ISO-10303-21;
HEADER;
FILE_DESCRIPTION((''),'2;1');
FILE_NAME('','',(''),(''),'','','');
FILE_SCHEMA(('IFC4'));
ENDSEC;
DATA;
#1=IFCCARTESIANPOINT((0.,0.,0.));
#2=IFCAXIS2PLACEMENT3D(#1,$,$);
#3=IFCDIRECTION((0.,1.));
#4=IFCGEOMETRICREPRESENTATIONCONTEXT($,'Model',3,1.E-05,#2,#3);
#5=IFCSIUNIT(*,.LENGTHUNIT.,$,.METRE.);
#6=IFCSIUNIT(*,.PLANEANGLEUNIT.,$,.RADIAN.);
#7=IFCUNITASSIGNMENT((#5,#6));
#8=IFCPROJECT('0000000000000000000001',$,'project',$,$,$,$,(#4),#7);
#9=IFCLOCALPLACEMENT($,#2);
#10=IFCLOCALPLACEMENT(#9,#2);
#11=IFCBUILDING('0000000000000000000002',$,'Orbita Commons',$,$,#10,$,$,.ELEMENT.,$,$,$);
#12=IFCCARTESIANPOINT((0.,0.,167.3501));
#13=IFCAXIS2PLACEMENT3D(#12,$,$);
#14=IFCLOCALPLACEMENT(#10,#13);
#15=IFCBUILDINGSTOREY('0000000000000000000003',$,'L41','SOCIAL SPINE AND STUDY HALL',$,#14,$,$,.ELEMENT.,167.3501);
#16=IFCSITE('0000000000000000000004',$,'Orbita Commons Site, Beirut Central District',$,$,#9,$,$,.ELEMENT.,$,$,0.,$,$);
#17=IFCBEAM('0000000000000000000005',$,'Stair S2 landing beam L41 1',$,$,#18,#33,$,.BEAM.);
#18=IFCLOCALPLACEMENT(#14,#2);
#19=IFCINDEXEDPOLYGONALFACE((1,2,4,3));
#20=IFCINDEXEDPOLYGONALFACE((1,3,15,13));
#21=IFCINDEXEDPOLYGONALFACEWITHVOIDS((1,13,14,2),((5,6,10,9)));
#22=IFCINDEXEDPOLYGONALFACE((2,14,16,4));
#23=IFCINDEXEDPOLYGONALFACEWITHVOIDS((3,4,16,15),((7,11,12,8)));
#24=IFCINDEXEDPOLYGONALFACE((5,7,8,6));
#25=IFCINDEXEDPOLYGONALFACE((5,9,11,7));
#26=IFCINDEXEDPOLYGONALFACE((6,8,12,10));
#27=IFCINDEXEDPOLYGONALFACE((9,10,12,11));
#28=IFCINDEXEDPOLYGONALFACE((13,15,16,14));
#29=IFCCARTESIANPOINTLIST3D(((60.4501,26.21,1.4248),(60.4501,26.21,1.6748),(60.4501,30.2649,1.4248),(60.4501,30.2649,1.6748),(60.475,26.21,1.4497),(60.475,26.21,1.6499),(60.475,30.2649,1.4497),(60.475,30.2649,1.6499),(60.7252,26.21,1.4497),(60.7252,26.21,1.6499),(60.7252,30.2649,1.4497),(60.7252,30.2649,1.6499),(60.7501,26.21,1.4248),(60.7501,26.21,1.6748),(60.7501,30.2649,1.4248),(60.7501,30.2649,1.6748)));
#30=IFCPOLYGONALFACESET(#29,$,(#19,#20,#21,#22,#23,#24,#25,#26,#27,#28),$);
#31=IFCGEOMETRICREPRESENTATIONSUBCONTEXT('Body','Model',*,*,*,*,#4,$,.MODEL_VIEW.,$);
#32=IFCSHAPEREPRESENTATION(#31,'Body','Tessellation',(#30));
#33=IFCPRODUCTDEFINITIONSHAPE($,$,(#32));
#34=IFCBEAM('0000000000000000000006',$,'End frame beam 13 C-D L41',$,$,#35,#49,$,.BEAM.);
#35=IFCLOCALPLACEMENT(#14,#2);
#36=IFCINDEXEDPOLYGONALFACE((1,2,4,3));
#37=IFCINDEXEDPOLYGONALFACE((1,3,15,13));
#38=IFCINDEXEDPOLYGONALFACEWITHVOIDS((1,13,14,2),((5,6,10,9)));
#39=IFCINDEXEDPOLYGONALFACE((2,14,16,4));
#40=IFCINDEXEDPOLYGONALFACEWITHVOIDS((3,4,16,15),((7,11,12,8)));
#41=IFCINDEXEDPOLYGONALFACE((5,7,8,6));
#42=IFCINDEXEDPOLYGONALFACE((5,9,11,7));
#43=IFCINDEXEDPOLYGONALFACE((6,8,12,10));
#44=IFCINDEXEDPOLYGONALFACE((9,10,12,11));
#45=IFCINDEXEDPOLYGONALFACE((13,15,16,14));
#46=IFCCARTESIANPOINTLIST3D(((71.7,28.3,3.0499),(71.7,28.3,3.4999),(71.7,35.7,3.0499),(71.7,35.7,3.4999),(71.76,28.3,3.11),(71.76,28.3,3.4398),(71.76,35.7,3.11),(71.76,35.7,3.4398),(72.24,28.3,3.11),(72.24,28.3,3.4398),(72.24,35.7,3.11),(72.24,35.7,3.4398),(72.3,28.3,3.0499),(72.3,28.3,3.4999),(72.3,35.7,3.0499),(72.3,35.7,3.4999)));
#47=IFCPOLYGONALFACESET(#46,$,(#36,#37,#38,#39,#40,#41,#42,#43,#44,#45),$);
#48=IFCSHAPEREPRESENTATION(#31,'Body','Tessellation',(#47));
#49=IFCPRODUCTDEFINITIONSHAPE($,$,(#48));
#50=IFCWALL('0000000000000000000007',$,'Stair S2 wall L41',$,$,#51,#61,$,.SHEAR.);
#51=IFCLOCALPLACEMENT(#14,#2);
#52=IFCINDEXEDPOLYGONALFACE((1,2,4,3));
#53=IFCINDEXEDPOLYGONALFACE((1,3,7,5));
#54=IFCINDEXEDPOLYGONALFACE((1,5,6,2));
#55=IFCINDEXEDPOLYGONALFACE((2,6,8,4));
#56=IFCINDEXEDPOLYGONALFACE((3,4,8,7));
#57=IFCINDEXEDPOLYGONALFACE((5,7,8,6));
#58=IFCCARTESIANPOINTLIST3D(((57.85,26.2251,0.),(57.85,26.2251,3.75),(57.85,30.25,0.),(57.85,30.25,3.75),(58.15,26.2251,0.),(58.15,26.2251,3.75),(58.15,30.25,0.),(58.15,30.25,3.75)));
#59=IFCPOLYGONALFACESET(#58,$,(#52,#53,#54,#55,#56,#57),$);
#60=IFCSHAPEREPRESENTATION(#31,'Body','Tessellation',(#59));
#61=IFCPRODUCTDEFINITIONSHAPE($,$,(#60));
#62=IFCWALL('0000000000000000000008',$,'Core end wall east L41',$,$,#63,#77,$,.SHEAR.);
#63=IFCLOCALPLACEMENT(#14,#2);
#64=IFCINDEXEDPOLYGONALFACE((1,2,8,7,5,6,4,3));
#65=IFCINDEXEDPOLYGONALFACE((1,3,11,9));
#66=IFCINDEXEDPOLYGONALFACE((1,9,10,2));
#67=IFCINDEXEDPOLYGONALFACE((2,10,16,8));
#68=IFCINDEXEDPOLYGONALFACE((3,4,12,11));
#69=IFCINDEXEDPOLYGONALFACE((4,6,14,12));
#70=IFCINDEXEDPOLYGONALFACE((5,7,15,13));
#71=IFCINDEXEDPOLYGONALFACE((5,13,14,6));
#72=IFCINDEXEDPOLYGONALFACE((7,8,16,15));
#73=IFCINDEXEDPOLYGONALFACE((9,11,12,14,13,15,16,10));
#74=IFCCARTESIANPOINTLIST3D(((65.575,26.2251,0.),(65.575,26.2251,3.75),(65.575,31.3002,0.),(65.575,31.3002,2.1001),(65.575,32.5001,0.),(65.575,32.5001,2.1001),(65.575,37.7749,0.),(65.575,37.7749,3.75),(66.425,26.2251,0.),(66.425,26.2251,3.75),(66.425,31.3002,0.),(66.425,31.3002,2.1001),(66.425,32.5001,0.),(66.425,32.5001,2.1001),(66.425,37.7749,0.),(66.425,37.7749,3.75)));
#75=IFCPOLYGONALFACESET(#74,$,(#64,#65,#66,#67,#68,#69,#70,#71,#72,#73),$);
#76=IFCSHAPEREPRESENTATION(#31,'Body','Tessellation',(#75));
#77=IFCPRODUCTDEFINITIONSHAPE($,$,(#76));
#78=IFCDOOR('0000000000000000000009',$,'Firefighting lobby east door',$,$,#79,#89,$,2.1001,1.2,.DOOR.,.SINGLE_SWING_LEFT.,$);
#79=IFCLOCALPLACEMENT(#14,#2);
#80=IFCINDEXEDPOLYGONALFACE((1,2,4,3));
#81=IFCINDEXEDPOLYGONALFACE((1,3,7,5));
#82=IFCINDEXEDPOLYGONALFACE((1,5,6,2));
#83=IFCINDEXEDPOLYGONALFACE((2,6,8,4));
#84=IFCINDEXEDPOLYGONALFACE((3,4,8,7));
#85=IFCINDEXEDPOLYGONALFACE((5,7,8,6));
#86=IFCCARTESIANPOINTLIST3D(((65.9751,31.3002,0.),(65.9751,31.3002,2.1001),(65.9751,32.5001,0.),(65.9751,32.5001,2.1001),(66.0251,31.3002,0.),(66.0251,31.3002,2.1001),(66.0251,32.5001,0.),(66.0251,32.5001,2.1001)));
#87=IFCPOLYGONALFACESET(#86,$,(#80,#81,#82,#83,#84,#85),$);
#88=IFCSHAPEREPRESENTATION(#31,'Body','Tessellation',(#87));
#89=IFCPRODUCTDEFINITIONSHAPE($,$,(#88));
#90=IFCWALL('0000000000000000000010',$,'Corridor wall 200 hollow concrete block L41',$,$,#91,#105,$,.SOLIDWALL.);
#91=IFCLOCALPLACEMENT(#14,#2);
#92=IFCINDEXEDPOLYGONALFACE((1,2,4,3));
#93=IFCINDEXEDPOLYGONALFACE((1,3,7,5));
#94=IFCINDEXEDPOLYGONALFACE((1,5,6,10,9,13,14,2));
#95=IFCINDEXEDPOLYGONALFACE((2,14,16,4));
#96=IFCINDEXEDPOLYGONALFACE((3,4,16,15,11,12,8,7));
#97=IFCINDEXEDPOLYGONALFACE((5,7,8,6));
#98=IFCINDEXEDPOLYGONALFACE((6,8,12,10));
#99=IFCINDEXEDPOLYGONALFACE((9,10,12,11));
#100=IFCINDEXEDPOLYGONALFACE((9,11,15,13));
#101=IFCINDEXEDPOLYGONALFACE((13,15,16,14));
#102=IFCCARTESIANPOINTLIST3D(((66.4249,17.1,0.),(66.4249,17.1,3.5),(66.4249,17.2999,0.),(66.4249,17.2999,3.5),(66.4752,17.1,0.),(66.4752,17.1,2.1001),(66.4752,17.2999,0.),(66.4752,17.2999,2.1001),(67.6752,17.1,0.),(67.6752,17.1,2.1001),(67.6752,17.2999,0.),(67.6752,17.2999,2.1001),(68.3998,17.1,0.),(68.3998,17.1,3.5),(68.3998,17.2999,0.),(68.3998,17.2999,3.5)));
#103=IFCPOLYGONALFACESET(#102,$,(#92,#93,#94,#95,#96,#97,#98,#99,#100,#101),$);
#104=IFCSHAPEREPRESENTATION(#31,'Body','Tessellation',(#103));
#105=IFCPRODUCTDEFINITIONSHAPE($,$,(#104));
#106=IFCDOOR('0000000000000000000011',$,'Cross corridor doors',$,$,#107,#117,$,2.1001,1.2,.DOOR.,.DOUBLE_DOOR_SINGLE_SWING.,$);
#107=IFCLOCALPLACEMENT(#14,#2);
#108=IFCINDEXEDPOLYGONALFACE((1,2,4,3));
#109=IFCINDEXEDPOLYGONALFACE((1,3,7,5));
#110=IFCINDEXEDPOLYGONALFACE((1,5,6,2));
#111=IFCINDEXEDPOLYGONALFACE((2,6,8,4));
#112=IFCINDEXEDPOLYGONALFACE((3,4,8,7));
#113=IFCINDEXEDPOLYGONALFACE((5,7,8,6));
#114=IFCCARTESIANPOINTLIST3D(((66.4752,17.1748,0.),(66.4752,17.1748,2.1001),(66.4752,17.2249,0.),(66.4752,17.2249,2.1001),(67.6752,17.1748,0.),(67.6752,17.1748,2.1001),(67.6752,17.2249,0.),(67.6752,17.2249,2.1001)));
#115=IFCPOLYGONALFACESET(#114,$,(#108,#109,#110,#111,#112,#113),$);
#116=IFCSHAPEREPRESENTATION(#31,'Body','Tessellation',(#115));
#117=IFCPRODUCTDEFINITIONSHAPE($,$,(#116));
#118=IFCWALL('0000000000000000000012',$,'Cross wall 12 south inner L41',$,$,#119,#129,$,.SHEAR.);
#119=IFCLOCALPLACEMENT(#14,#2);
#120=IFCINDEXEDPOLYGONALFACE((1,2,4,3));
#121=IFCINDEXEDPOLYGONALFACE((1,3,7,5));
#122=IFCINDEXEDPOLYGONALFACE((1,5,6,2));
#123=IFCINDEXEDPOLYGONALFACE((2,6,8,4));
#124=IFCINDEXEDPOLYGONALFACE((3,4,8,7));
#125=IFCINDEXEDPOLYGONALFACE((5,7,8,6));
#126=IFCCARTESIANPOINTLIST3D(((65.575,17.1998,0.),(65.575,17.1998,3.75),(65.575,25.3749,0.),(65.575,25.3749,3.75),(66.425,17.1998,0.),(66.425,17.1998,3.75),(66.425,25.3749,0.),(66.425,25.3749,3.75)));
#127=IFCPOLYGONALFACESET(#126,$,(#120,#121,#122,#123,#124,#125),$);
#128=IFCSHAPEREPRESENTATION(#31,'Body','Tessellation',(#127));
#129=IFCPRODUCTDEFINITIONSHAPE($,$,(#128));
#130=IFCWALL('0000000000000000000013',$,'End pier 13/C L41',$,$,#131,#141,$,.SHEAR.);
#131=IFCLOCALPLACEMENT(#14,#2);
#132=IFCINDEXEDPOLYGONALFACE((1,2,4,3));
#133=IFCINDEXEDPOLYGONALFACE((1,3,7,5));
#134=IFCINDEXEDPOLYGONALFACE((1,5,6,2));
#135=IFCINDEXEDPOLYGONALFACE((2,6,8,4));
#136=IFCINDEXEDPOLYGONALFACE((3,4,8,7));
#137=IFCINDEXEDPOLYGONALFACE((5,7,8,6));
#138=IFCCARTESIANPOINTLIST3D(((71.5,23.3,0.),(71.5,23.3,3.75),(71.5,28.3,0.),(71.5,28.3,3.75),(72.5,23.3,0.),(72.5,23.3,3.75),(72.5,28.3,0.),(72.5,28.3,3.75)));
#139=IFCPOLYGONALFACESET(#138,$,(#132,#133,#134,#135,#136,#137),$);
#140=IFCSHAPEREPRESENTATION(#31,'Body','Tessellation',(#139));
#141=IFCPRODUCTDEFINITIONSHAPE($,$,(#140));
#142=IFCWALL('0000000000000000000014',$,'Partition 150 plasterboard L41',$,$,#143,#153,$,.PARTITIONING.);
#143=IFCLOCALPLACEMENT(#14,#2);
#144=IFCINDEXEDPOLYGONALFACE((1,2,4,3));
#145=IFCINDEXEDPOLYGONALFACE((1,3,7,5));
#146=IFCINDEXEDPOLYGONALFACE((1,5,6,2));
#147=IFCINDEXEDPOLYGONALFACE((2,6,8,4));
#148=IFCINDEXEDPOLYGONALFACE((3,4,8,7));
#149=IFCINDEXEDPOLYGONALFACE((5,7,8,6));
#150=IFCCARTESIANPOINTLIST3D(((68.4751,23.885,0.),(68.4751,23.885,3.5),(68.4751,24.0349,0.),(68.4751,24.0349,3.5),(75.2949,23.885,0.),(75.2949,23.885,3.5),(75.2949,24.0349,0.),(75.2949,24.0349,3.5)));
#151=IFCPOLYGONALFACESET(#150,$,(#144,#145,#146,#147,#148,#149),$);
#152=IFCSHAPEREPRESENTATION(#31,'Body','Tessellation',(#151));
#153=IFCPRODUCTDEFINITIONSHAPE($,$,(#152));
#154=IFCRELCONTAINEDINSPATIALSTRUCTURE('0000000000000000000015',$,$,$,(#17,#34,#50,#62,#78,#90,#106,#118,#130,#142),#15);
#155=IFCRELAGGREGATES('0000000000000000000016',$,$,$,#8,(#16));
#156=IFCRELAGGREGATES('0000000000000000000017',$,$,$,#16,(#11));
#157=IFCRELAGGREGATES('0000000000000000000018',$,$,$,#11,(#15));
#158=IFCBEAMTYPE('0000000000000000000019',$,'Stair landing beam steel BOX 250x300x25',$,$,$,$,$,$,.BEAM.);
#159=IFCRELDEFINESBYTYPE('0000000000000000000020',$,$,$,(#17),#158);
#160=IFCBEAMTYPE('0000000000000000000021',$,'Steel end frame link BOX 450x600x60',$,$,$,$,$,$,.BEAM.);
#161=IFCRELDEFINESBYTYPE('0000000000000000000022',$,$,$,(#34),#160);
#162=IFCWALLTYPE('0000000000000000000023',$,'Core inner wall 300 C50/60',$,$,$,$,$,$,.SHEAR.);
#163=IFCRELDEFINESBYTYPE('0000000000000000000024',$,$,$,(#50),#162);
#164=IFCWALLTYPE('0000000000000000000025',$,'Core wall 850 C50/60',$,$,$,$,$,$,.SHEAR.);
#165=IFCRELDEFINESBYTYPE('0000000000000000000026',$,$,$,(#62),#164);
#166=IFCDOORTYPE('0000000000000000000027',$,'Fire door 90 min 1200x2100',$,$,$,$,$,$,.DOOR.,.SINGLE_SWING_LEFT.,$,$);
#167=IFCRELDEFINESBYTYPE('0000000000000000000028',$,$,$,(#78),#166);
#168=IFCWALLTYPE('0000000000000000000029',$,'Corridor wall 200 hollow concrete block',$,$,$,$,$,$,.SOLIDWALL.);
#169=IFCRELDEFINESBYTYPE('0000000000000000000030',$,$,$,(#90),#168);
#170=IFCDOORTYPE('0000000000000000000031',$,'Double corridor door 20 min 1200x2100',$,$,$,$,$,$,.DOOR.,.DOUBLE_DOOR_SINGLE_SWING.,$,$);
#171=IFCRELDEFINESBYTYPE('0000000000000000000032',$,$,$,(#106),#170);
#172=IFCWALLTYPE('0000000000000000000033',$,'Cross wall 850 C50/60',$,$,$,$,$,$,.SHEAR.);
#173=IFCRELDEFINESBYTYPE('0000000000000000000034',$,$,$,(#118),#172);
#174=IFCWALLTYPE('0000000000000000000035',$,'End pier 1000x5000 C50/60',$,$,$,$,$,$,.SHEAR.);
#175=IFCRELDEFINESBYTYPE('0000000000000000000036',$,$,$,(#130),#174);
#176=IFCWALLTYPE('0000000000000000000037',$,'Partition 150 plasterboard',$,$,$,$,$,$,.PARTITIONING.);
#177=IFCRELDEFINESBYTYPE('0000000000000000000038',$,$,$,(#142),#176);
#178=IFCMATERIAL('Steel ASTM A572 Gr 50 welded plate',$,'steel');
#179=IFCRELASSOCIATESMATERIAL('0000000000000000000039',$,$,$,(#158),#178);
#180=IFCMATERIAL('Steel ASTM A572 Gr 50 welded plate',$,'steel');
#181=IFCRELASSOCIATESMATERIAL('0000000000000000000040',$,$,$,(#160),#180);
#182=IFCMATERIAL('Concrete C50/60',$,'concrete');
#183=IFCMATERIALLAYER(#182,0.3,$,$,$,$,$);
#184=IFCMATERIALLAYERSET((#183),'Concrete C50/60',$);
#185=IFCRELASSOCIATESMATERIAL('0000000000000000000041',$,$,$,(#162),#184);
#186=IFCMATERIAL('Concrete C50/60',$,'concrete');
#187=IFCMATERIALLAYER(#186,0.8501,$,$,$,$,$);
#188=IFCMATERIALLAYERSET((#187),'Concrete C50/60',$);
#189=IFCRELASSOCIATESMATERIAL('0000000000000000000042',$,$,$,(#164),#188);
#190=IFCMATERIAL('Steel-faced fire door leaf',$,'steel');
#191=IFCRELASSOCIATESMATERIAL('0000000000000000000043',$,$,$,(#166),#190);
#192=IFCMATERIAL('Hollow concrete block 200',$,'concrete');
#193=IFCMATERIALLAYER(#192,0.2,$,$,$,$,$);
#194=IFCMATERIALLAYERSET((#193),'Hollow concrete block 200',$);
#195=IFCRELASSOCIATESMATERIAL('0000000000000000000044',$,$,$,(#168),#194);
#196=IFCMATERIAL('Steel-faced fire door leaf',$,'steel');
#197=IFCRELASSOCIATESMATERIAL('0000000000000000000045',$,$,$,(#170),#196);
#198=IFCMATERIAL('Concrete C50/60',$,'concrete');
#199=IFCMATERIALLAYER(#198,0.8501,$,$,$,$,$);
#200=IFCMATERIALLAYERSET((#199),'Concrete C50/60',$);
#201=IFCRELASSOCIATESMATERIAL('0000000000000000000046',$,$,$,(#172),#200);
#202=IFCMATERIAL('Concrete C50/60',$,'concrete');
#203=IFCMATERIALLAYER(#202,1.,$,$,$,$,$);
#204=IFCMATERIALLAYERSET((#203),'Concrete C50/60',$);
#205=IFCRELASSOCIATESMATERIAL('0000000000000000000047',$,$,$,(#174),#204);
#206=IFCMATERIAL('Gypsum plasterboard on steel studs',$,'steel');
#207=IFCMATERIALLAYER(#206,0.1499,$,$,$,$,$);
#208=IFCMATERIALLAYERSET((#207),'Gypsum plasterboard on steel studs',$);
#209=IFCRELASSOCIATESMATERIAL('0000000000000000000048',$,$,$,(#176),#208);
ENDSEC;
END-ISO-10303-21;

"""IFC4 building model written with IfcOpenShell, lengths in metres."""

from ifc_helpers import new_model, si_unit, direction, frame, frame_2d, origin, origin_2d, place, context, subcontext, project, spatial, rectangle, hollow_rectangle, extrude, material, layer, layer_set, material_profile, profile_set, type_object, element, fill, save


model = new_model("IFC4")

# Units and contexts
model_context = context("Model", 3, precision=1e-05, world=origin(), true_north=direction((0.0, 1.0)))
body_context = subcontext(model_context, "Body", "Model", "MODEL_VIEW")
ifc_project = project(units=[si_unit("LENGTHUNIT", "METRE"), si_unit("PLANEANGLEUNIT", "RADIAN")], contexts=[model_context])

# Site, building, storey
site_placement = place(None, origin())
site = spatial("IfcSite", under=ifc_project, at=site_placement, Name="Orbita Commons Site, Beirut Central District", CompositionType="ELEMENT", RefElevation=0.0)
building_placement = place(site_placement, origin())
building = spatial("IfcBuilding", under=site, at=building_placement, Name="Orbita Commons", CompositionType="ELEMENT")
storey_placement = place(building_placement, frame((0.0, 0.0, 167.3501)))
storey = spatial("IfcBuildingStorey", under=building, at=storey_placement, Name="L41", Description="SOCIAL SPINE AND STUDY HALL", CompositionType="ELEMENT", Elevation=167.3501)

# Beams
ifc_material_1 = material(Name="Steel ASTM A572 Gr 50 welded plate", Category="steel")
ifc_material_profile_1 = material_profile(ifc_material_1, hollow_rectangle(XDim=0.3, YDim=0.25, WallThickness=0.0249, at=origin_2d()), Name="BOX 250x300x25")
ifc_profile_set_1 = profile_set([ifc_material_profile_1], Name="Steel ASTM A572 Gr 50 welded plate")
beam_type_1 = type_object("IfcBeamType", Name="Stair landing beam steel BOX 250x300x25", PredefinedType="BEAM", material=ifc_profile_set_1)
beam_1_placement = place(storey_placement, frame((60.6001, 26.21, 1.5498), z_axis=(0.0, 1.0, 0.0), x_axis=(-1.0, 0.0, 0.0)))
element("IfcBeam", 1, at=beam_1_placement, inside=storey, type_object=beam_type_1, Name="Stair S2 landing beam L41 1", PredefinedType="BEAM", context=body_context, shape_type="SweptSolid", body=[
    extrude(hollow_rectangle(XDim=0.3, YDim=0.25, WallThickness=0.0249, at=origin_2d()), origin(), (0.0, 0.0, 1.0), 4.0549),
])
ifc_material_2 = material(Name="Steel ASTM A572 Gr 50 welded plate", Category="steel")
ifc_material_profile_2 = material_profile(ifc_material_2, hollow_rectangle(XDim=0.6001, YDim=0.45, WallThickness=0.0601, at=origin_2d()), Name="BOX 450x600x60")
ifc_profile_set_2 = profile_set([ifc_material_profile_2], Name="Steel ASTM A572 Gr 50 welded plate")
beam_type_2 = type_object("IfcBeamType", Name="Steel end frame link BOX 450x600x60", PredefinedType="BEAM", material=ifc_profile_set_2)
beam_2_placement = place(storey_placement, frame((72.0, 28.3, 3.2749), z_axis=(0.0, 1.0, 0.0), x_axis=(-1.0, 0.0, 0.0)))
element("IfcBeam", 2, at=beam_2_placement, inside=storey, type_object=beam_type_2, Name="End frame beam 13 C-D L41", PredefinedType="BEAM", context=body_context, shape_type="SweptSolid", body=[
    extrude(hollow_rectangle(XDim=0.6001, YDim=0.45, WallThickness=0.0601, at=origin_2d()), origin(), (0.0, 0.0, 1.0), 7.3999),
])

# Wall
ifc_material_3 = material(Name="Concrete C50/60", Category="concrete")
ifc_layer_1 = layer(ifc_material_3, 0.3)
ifc_layer_set_1 = layer_set([ifc_layer_1], Name="Concrete C50/60")
wall_type_1 = type_object("IfcWallType", Name="Core inner wall 300 C50/60", PredefinedType="SHEAR", material=ifc_layer_set_1)
wall_1_placement = place(storey_placement, frame((58.0, 26.2251, 0.0), z_axis=(0.0, 0.0, 1.0), x_axis=(0.0, 1.0, 0.0)))
element("IfcWall", 3, at=wall_1_placement, inside=storey, type_object=wall_type_1, Name="Stair S2 wall L41", PredefinedType="SHEAR", context=body_context, shape_type="SweptSolid", body=[
    extrude(rectangle(XDim=4.0249, YDim=0.3, at=frame_2d((2.0125, 0.0))), origin(), (0.0, 0.0, 1.0), 3.75),
])

# Walls, openings, doors
ifc_material_4 = material(Name="Concrete C50/60", Category="concrete")
ifc_layer_2 = layer(ifc_material_4, 0.8501)
ifc_layer_set_2 = layer_set([ifc_layer_2], Name="Concrete C50/60")
wall_type_2 = type_object("IfcWallType", Name="Core wall 850 C50/60", PredefinedType="SHEAR", material=ifc_layer_set_2)
wall_2_placement = place(storey_placement, frame((66.0, 26.2251, 0.0), z_axis=(0.0, 0.0, 1.0), x_axis=(0.0, 1.0, 0.0)))
wall_2 = element("IfcWall", 4, at=wall_2_placement, inside=storey, type_object=wall_type_2, Name="Core end wall east L41", PredefinedType="SHEAR", context=body_context, shape_type="SweptSolid", body=[
    extrude(rectangle(XDim=11.5498, YDim=0.8501, at=frame_2d((5.7749, 0.0))), origin(), (0.0, 0.0, 1.0), 3.75),
])
opening_1_placement = place(wall_2_placement, frame((5.075, 0.0, 0.0)))
opening_1 = element("IfcOpeningElement", 5, at=opening_1_placement, cuts=wall_2, PredefinedType="OPENING", context=body_context, shape_type="SweptSolid", body=[
    extrude(rectangle(XDim=1.2, YDim=2.1001, at=frame_2d((0.6001, 1.05))), frame((0.0, 0.4351, 0.0), z_axis=(0.0, -1.0, 0.0), x_axis=(1.0, 0.0, 0.0)), (0.0, 0.0, 1.0), 0.8701),
])
ifc_material_5 = material(Name="Steel-faced fire door leaf", Category="steel")
door_type_1 = type_object("IfcDoorType", Name="Fire door 90 min 1200x2100", OperationType="SINGLE_SWING_LEFT", PredefinedType="DOOR", material=ifc_material_5)
door_1_placement = place(opening_1_placement, origin())
door_1 = element("IfcDoor", 6, at=door_1_placement, inside=storey, type_object=door_type_1, Name="Firefighting lobby east door", OperationType="SINGLE_SWING_LEFT", OverallHeight=2.1001, OverallWidth=1.2, PredefinedType="DOOR", context=body_context, shape_type="SweptSolid", body=[
    extrude(rectangle(XDim=1.2, YDim=2.1001, at=frame_2d((0.6001, 1.05))), frame((0.0, 0.0249, 0.0), z_axis=(0.0, -1.0, 0.0), x_axis=(1.0, 0.0, 0.0)), (0.0, 0.0, 1.0), 0.05),
])
fill(opening_1, door_1)
ifc_material_6 = material(Name="Hollow concrete block 200", Category="concrete")
ifc_layer_3 = layer(ifc_material_6, 0.2)
ifc_layer_set_3 = layer_set([ifc_layer_3], Name="Hollow concrete block 200")
wall_type_3 = type_object("IfcWallType", Name="Corridor wall 200 hollow concrete block", PredefinedType="SOLIDWALL", material=ifc_layer_set_3)
wall_3_placement = place(storey_placement, frame((66.425, 17.2, 0.0), z_axis=(0.0, 0.0, 1.0), x_axis=(1.0, 0.0, 0.0)))
wall_3 = element("IfcWall", 7, at=wall_3_placement, inside=storey, type_object=wall_type_3, Name="Corridor wall 200 hollow concrete block L41", PredefinedType="SOLIDWALL", context=body_context, shape_type="SweptSolid", body=[
    extrude(rectangle(XDim=1.9749, YDim=0.2, at=frame_2d((0.9873, 0.0))), origin(), (0.0, 0.0, 1.0), 3.5),
])
opening_2_placement = place(wall_3_placement, frame((0.05, 0.0, 0.0)))
opening_2 = element("IfcOpeningElement", 8, at=opening_2_placement, cuts=wall_3, PredefinedType="OPENING", context=body_context, shape_type="SweptSolid", body=[
    extrude(rectangle(XDim=1.2, YDim=2.1001, at=frame_2d((0.6001, 1.05))), frame((0.0, 0.1099, 0.0), z_axis=(0.0, -1.0, 0.0), x_axis=(1.0, 0.0, 0.0)), (0.0, 0.0, 1.0), 0.22),
])
ifc_material_7 = material(Name="Steel-faced fire door leaf", Category="steel")
door_type_2 = type_object("IfcDoorType", Name="Double corridor door 20 min 1200x2100", OperationType="DOUBLE_DOOR_SINGLE_SWING", PredefinedType="DOOR", material=ifc_material_7)
door_2_placement = place(opening_2_placement, origin())
door_2 = element("IfcDoor", 9, at=door_2_placement, inside=storey, type_object=door_type_2, Name="Cross corridor doors", OperationType="DOUBLE_DOOR_SINGLE_SWING", OverallHeight=2.1001, OverallWidth=1.2, PredefinedType="DOOR", context=body_context, shape_type="SweptSolid", body=[
    extrude(rectangle(XDim=1.2, YDim=2.1001, at=frame_2d((0.6001, 1.05))), frame((0.0, 0.0249, 0.0), z_axis=(0.0, -1.0, 0.0), x_axis=(1.0, 0.0, 0.0)), (0.0, 0.0, 1.0), 0.05),
])
fill(opening_2, door_2)

# Walls
ifc_material_8 = material(Name="Concrete C50/60", Category="concrete")
ifc_layer_4 = layer(ifc_material_8, 0.8501)
ifc_layer_set_4 = layer_set([ifc_layer_4], Name="Concrete C50/60")
wall_type_4 = type_object("IfcWallType", Name="Cross wall 850 C50/60", PredefinedType="SHEAR", material=ifc_layer_set_4)
wall_4_placement = place(storey_placement, frame((66.0, 17.2, 0.0), z_axis=(0.0, 0.0, 1.0), x_axis=(0.0, 1.0, 0.0)))
element("IfcWall", 10, at=wall_4_placement, inside=storey, type_object=wall_type_4, Name="Cross wall 12 south inner L41", PredefinedType="SHEAR", context=body_context, shape_type="SweptSolid", body=[
    extrude(rectangle(XDim=8.175, YDim=0.8501, at=frame_2d((4.0874, 0.0))), origin(), (0.0, 0.0, 1.0), 3.75),
])
ifc_material_9 = material(Name="Concrete C50/60", Category="concrete")
ifc_layer_5 = layer(ifc_material_9, 1.0)
ifc_layer_set_5 = layer_set([ifc_layer_5], Name="Concrete C50/60")
wall_type_5 = type_object("IfcWallType", Name="End pier 1000x5000 C50/60", PredefinedType="SHEAR", material=ifc_layer_set_5)
wall_5_placement = place(storey_placement, frame((72.0, 23.3, 0.0), z_axis=(0.0, 0.0, 1.0), x_axis=(0.0, 1.0, 0.0)))
element("IfcWall", 11, at=wall_5_placement, inside=storey, type_object=wall_type_5, Name="End pier 13/C L41", PredefinedType="SHEAR", context=body_context, shape_type="SweptSolid", body=[
    extrude(rectangle(XDim=5.0, YDim=1.0, at=frame_2d((2.5, 0.0))), origin(), (0.0, 0.0, 1.0), 3.75),
])
ifc_material_10 = material(Name="Gypsum plasterboard on steel studs", Category="steel")
ifc_layer_6 = layer(ifc_material_10, 0.1499)
ifc_layer_set_6 = layer_set([ifc_layer_6], Name="Gypsum plasterboard on steel studs")
wall_type_6 = type_object("IfcWallType", Name="Partition 150 plasterboard", PredefinedType="PARTITIONING", material=ifc_layer_set_6)
wall_6_placement = place(storey_placement, frame((68.4751, 23.96, 0.0), z_axis=(0.0, 0.0, 1.0), x_axis=(1.0, 0.0, 0.0)))
element("IfcWall", 12, at=wall_6_placement, inside=storey, type_object=wall_type_6, Name="Partition 150 plasterboard L41", PredefinedType="PARTITIONING", context=body_context, shape_type="SweptSolid", body=[
    extrude(rectangle(XDim=6.8198, YDim=0.1499, at=frame_2d((3.4099, 0.0))), origin(), (0.0, 0.0, 1.0), 3.5),
])

save(model, "model.ifc")
